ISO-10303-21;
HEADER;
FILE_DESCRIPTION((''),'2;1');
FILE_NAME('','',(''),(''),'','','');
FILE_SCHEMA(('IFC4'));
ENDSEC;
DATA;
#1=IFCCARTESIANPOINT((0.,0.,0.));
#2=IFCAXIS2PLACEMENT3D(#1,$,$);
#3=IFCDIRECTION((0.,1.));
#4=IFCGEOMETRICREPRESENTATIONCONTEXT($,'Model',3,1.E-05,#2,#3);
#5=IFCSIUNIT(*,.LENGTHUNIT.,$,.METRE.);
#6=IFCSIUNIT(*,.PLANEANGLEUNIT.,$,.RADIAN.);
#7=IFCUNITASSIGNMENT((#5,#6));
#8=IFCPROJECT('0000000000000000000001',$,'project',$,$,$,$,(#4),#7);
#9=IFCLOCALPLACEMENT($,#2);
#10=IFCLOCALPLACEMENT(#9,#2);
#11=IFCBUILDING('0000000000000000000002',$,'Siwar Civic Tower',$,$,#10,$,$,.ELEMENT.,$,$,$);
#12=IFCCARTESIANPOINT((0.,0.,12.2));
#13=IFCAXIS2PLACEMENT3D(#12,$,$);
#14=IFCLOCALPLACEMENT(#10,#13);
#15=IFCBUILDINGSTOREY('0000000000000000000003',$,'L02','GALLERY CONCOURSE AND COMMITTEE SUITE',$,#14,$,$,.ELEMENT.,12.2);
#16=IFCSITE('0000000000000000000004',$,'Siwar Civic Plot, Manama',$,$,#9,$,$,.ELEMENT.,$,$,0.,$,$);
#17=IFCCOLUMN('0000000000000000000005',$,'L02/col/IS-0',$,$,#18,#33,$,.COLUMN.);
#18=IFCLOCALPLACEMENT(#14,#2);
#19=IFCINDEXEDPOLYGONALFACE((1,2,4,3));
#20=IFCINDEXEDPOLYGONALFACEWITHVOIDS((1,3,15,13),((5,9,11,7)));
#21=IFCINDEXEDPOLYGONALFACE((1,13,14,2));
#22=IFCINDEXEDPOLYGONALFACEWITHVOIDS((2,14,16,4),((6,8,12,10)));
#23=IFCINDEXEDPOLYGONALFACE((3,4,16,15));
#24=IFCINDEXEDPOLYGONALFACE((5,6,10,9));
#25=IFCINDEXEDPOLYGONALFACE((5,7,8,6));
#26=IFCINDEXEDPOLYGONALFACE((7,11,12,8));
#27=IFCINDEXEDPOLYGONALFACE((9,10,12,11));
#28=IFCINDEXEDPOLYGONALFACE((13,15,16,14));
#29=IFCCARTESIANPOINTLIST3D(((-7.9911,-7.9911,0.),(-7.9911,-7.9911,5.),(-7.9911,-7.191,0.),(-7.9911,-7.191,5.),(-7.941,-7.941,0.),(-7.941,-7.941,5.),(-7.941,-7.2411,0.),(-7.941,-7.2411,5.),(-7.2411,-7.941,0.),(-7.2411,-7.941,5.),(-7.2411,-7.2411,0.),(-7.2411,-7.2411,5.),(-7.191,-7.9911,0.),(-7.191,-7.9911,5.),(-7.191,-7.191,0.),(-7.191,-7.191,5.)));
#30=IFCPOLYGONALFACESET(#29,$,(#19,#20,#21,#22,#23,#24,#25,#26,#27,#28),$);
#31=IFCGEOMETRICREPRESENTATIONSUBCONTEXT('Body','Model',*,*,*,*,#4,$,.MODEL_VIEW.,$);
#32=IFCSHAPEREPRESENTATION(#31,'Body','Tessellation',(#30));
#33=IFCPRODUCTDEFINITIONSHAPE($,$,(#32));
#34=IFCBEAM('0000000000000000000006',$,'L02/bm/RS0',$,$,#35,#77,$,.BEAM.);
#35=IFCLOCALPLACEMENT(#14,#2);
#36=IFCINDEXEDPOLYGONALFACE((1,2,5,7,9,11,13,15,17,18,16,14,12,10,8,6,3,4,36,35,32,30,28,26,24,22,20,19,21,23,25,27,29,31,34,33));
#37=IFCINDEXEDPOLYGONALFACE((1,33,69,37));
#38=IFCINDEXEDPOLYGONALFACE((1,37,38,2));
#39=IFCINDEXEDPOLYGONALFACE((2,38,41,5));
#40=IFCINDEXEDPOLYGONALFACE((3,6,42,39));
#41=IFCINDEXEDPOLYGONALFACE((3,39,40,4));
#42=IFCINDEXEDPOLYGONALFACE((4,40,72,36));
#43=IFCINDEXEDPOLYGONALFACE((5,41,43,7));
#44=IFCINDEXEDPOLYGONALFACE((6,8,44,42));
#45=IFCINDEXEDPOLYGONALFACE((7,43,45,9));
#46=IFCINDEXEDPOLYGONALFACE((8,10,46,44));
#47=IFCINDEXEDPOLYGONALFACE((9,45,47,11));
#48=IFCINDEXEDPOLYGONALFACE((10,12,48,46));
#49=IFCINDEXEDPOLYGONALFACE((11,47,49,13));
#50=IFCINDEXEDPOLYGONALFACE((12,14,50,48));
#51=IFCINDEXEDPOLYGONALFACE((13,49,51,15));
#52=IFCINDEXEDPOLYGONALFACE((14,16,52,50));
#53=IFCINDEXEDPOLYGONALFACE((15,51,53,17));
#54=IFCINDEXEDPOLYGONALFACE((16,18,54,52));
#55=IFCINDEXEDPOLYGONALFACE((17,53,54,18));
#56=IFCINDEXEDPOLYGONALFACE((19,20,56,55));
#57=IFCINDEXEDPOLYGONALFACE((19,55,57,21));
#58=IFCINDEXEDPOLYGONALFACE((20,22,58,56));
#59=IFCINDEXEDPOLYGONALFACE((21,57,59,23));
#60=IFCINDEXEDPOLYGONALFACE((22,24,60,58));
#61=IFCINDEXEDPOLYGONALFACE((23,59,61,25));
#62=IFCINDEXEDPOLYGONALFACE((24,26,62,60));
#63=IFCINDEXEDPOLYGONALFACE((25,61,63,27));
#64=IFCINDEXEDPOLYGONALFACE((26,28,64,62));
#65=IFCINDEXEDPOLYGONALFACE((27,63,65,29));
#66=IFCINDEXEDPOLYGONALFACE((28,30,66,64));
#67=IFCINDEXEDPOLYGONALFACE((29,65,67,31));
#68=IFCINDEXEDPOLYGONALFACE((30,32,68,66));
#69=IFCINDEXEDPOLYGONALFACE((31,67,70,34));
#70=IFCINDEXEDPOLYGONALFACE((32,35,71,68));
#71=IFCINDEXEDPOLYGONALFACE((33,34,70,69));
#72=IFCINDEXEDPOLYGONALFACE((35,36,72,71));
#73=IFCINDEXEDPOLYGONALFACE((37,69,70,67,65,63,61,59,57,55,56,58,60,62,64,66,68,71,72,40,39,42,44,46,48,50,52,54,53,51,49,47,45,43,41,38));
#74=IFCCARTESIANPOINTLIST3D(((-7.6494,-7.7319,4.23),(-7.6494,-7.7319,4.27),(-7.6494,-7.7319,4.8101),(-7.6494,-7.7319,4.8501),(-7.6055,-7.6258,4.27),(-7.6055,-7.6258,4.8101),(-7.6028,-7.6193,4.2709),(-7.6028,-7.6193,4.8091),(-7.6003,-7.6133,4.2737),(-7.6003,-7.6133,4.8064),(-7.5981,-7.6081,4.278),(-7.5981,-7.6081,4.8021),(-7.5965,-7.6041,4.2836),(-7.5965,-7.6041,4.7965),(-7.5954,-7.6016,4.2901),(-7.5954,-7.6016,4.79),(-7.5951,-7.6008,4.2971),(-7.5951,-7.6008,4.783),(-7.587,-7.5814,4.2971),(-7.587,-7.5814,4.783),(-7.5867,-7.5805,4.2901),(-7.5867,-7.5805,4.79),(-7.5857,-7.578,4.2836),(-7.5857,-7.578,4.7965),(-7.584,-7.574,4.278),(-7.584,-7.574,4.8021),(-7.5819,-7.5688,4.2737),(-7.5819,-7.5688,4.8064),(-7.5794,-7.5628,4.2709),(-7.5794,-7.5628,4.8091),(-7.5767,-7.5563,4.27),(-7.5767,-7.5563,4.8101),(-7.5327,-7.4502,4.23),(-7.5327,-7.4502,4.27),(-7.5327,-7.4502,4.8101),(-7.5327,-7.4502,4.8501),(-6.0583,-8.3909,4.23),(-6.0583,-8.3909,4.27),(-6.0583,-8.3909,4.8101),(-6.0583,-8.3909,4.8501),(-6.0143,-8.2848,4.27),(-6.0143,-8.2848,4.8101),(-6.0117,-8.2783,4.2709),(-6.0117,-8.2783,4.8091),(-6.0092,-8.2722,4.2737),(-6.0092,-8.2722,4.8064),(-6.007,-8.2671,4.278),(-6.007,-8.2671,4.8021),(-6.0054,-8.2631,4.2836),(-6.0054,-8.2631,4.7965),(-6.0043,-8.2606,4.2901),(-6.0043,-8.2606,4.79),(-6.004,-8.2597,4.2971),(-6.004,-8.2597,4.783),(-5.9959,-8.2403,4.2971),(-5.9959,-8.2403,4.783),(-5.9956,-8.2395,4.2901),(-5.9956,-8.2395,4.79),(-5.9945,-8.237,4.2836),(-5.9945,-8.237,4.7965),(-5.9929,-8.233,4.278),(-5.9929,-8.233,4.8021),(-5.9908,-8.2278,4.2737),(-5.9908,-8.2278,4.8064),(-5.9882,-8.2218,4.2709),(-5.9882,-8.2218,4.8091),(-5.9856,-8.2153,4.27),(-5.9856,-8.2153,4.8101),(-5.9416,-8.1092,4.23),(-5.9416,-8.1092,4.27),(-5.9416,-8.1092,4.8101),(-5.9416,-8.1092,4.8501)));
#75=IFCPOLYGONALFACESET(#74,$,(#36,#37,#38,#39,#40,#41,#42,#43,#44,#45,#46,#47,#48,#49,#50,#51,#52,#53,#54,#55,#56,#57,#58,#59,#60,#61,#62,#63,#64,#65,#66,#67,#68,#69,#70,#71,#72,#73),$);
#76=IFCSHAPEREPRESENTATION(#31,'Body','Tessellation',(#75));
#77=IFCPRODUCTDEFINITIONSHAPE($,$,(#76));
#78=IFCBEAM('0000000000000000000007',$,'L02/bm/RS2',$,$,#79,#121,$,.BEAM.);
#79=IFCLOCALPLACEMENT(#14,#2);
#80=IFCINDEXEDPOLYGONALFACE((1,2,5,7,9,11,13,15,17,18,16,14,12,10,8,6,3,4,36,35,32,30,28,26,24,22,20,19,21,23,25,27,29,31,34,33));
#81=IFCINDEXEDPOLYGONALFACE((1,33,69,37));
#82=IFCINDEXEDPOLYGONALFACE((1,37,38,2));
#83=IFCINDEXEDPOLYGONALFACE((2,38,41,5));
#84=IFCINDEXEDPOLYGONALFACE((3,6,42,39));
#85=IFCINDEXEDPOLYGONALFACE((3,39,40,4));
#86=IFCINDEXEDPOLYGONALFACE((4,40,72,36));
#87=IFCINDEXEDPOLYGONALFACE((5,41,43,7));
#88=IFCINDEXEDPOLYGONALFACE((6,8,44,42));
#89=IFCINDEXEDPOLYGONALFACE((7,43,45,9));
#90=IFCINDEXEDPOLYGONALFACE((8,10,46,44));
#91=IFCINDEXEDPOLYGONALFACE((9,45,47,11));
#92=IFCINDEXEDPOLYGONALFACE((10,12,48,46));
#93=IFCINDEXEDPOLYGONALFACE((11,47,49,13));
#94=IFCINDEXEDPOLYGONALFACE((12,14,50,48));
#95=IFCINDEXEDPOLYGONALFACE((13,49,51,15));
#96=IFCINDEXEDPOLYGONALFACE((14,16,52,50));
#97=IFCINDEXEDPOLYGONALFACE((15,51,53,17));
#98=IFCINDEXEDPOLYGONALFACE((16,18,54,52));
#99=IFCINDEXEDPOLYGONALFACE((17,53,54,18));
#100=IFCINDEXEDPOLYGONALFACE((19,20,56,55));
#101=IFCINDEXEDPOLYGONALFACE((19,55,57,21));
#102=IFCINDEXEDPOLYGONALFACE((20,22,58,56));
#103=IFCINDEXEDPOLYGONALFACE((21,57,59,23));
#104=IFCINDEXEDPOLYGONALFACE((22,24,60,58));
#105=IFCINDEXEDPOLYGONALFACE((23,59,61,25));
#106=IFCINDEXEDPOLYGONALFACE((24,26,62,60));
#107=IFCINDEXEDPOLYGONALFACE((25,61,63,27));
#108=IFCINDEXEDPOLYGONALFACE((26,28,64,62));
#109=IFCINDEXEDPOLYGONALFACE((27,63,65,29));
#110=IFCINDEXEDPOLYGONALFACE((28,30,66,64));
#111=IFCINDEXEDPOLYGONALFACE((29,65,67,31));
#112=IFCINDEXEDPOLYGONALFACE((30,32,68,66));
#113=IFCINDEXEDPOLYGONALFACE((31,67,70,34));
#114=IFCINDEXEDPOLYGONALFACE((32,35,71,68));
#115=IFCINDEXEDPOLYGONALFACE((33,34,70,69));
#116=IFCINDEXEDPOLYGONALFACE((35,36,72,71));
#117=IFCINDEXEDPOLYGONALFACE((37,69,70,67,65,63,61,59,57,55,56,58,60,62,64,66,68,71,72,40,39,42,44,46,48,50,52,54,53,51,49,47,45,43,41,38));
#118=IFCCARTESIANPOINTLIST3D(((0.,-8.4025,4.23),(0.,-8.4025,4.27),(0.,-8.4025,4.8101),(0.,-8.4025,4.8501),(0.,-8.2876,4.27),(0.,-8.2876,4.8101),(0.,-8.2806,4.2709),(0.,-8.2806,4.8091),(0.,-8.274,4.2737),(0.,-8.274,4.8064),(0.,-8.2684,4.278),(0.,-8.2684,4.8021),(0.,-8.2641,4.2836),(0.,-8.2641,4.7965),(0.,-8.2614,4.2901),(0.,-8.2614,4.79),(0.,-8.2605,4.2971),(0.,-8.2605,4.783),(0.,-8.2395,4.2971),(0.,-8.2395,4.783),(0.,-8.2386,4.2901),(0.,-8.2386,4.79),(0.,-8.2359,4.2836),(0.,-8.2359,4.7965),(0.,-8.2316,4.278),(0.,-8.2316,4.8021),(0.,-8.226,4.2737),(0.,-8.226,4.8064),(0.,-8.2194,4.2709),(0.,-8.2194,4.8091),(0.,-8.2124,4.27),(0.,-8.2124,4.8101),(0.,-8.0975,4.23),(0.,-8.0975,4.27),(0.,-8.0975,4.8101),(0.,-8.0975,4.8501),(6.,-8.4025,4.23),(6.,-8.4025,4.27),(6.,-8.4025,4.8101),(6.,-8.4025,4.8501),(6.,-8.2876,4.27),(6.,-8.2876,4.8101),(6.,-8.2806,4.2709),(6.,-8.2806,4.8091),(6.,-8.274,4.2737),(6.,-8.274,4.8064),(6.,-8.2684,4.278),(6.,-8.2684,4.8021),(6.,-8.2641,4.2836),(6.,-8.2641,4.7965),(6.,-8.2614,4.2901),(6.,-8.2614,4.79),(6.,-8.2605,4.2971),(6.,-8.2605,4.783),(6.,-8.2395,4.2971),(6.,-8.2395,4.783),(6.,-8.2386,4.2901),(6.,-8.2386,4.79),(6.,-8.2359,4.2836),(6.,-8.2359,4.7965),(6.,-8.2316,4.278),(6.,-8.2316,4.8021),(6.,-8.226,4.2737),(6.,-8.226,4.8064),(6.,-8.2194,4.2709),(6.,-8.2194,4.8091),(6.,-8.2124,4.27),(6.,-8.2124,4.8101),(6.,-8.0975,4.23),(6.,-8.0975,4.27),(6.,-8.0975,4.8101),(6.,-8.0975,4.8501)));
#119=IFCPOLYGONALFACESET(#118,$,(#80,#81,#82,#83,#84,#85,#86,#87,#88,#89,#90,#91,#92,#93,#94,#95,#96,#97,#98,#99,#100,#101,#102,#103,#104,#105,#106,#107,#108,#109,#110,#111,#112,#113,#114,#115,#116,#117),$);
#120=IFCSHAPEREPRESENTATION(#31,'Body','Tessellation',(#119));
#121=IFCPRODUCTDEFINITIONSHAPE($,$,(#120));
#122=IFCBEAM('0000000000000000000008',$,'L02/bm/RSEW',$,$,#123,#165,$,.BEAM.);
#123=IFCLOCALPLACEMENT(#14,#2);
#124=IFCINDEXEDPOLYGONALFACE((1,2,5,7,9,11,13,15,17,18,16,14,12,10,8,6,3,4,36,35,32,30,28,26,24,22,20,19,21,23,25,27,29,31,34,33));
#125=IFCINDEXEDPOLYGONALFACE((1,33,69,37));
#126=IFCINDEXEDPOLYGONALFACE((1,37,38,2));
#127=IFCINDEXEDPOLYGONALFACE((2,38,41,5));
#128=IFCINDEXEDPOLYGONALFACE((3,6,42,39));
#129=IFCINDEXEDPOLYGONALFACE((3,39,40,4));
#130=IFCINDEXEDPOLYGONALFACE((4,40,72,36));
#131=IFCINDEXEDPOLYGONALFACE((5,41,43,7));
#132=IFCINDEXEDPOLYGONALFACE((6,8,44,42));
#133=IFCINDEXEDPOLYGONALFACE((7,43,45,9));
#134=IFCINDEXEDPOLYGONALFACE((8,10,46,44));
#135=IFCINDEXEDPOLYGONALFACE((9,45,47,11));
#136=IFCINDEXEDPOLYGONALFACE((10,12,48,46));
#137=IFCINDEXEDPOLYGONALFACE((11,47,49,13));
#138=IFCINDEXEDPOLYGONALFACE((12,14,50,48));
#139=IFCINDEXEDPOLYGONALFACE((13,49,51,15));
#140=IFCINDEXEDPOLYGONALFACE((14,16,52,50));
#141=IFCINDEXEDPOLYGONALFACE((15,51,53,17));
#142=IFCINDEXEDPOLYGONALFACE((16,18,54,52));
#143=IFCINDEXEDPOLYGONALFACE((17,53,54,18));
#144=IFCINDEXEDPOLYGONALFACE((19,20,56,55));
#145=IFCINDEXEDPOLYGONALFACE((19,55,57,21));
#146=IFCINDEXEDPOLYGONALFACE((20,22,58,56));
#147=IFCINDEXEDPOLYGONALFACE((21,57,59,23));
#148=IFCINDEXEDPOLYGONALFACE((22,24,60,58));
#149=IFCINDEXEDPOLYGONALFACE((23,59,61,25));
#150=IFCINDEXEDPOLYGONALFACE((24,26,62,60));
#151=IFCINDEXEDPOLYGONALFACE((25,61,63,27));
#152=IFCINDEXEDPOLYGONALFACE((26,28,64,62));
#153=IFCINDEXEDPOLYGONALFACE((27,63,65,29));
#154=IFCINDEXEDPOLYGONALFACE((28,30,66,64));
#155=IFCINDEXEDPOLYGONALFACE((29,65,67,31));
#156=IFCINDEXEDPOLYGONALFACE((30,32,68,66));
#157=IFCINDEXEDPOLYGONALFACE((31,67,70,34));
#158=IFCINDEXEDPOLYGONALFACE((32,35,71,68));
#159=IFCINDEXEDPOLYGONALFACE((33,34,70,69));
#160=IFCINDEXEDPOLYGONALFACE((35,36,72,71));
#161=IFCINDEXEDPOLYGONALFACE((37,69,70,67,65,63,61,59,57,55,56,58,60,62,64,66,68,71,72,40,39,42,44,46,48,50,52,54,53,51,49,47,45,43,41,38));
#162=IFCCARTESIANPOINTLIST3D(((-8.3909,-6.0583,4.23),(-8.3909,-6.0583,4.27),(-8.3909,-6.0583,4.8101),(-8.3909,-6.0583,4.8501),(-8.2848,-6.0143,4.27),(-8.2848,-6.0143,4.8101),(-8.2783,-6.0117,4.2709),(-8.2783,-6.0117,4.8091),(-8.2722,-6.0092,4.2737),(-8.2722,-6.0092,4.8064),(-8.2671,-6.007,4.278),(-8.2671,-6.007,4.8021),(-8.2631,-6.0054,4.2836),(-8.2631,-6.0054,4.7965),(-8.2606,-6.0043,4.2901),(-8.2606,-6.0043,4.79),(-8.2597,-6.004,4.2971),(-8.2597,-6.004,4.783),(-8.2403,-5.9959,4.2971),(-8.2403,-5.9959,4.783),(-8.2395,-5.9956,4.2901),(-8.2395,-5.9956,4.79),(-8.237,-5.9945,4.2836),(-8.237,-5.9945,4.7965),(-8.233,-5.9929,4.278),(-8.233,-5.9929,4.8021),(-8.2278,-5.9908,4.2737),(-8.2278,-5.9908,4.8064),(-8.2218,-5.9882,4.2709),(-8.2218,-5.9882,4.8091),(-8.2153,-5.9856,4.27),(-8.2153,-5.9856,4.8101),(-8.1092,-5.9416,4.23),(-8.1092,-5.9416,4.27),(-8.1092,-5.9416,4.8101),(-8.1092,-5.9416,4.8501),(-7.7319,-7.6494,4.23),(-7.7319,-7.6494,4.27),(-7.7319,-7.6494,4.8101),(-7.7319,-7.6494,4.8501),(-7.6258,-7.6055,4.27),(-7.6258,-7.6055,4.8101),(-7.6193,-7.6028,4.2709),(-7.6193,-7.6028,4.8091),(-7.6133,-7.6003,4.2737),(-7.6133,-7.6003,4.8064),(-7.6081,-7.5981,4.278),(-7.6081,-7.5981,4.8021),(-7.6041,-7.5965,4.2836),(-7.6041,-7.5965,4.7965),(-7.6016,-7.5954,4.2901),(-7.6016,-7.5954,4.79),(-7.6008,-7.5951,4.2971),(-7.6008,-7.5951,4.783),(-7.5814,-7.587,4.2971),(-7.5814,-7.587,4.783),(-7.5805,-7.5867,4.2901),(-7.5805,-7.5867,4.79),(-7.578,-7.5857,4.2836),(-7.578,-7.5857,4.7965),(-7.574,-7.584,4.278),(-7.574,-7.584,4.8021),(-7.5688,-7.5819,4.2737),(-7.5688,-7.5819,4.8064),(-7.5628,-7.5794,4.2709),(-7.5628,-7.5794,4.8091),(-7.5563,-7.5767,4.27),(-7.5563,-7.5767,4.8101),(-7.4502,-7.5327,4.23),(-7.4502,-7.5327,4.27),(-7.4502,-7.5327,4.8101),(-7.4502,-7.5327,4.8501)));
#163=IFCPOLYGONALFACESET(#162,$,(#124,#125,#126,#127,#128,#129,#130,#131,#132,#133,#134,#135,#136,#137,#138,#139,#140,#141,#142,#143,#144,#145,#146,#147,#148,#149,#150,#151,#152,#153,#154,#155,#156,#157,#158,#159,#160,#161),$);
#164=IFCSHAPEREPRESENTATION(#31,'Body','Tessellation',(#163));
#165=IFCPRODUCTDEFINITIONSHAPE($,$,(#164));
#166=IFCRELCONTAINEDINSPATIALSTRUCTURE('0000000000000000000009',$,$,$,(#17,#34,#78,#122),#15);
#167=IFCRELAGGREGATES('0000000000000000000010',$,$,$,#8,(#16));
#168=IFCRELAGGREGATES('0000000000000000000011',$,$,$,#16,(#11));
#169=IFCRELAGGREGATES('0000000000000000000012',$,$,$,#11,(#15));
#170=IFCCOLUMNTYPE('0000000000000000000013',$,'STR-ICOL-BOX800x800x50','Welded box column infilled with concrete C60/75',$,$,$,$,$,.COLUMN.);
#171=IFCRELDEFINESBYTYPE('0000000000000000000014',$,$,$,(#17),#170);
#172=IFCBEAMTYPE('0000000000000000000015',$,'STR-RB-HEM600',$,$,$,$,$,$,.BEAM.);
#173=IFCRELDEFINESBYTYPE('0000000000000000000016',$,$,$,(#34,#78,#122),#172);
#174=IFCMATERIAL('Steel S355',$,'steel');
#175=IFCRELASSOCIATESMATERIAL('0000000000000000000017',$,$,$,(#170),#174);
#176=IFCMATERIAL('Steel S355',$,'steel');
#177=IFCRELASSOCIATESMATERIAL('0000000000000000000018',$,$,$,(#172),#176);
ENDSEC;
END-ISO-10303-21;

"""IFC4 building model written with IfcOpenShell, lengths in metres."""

from ifc_helpers import new_model, si_unit, direction, frame, origin, origin_2d, place, context, subcontext, project, spatial, hollow_rectangle, i_section, extrude, material, material_profile, profile_set, type_object, element, save


model = new_model("IFC4")

# Units and contexts
model_context = context("Model", 3, precision=1e-05, world=origin(), true_north=direction((0.0, 1.0)))
body_context = subcontext(model_context, "Body", "Model", "MODEL_VIEW")
ifc_project = project(units=[si_unit("LENGTHUNIT", "METRE"), si_unit("PLANEANGLEUNIT", "RADIAN")], contexts=[model_context])

# Site, building, storey
site_placement = place(None, origin())
site = spatial("IfcSite", under=ifc_project, at=site_placement, Name="Siwar Civic Plot, Manama", CompositionType="ELEMENT", RefElevation=0.0)
building_placement = place(site_placement, origin())
building = spatial("IfcBuilding", under=site, at=building_placement, Name="Siwar Civic Tower", CompositionType="ELEMENT")
storey_placement = place(building_placement, frame((0.0, 0.0, 12.2)))
storey = spatial("IfcBuildingStorey", under=building, at=storey_placement, Name="L02", Description="GALLERY CONCOURSE AND COMMITTEE SUITE", CompositionType="ELEMENT", Elevation=12.2)

# Column
ifc_material_1 = material(Name="Steel S355", Category="steel")
ifc_material_profile_1 = material_profile(ifc_material_1, hollow_rectangle(XDim=0.8, YDim=0.8, WallThickness=0.05, at=origin_2d()), Name="BOX800x800x50")
ifc_profile_set_1 = profile_set([ifc_material_profile_1], Name="Steel S355")
column_type = type_object("IfcColumnType", Name="STR-ICOL-BOX800x800x50", Description="Welded box column infilled with concrete C60/75", PredefinedType="COLUMN", material=ifc_profile_set_1)
column_placement = place(storey_placement, frame((-7.5911, -7.5911, 0.0), z_axis=(0.0, 0.0, 1.0), x_axis=(1.0, 0.0, 0.0)))
element("IfcColumn", 1, at=column_placement, inside=storey, type_object=column_type, Name="L02/col/IS-0", PredefinedType="COLUMN", context=body_context, shape_type="SweptSolid", body=[
    extrude(hollow_rectangle(XDim=0.8, YDim=0.8, WallThickness=0.05, at=origin_2d()), origin(), (0.0, 0.0, 1.0), 5.0),
])

# Beams
ifc_material_2 = material(Name="Steel S355", Category="steel")
ifc_material_profile_2 = material_profile(ifc_material_2, i_section(OverallWidth=0.3049, OverallDepth=0.6201, WebThickness=0.021, FlangeThickness=0.04, FilletRadius=0.0271, at=origin_2d()), Name="HEM600")
ifc_profile_set_2 = profile_set([ifc_material_profile_2], Name="Steel S355")
beam_type = type_object("IfcBeamType", Name="STR-RB-HEM600", PredefinedType="BEAM", material=ifc_profile_set_2)
beam_1_placement = place(storey_placement, frame((-7.5911, -7.5911, 4.54), z_axis=(0.923901, -0.382631, 0.0), x_axis=(0.382631, 0.923901, 0.0)))
element("IfcBeam", 2, at=beam_1_placement, inside=storey, type_object=beam_type, Name="L02/bm/RS0", PredefinedType="BEAM", context=body_context, shape_type="SweptSolid", body=[
    extrude(i_section(OverallWidth=0.3049, OverallDepth=0.6201, WebThickness=0.021, FlangeThickness=0.04, FilletRadius=0.0271, at=origin_2d()), origin(), (0.0, 0.0, 1.0), 1.7222),
])
beam_2_placement = place(storey_placement, frame((0.0, -8.25, 4.54), z_axis=(1.0, 0.0, 0.0), x_axis=(0.0, 1.0, 0.0)))
element("IfcBeam", 3, at=beam_2_placement, inside=storey, type_object=beam_type, Name="L02/bm/RS2", PredefinedType="BEAM", context=body_context, shape_type="SweptSolid", body=[
    extrude(i_section(OverallWidth=0.3049, OverallDepth=0.6201, WebThickness=0.021, FlangeThickness=0.04, FilletRadius=0.0271, at=origin_2d()), origin(), (0.0, 0.0, 1.0), 6.0),
])
beam_3_placement = place(storey_placement, frame((-7.5911, -7.5911, 4.54), z_axis=(-0.382631, 0.923901, 0.0), x_axis=(-0.923901, -0.382631, 0.0)))
element("IfcBeam", 4, at=beam_3_placement, inside=storey, type_object=beam_type, Name="L02/bm/RSEW", PredefinedType="BEAM", context=body_context, shape_type="SweptSolid", body=[
    extrude(i_section(OverallWidth=0.3049, OverallDepth=0.6201, WebThickness=0.021, FlangeThickness=0.04, FilletRadius=0.0271, at=origin_2d()), origin(), (0.0, 0.0, 1.0), 1.7222),
])

save(model, "model.ifc")
